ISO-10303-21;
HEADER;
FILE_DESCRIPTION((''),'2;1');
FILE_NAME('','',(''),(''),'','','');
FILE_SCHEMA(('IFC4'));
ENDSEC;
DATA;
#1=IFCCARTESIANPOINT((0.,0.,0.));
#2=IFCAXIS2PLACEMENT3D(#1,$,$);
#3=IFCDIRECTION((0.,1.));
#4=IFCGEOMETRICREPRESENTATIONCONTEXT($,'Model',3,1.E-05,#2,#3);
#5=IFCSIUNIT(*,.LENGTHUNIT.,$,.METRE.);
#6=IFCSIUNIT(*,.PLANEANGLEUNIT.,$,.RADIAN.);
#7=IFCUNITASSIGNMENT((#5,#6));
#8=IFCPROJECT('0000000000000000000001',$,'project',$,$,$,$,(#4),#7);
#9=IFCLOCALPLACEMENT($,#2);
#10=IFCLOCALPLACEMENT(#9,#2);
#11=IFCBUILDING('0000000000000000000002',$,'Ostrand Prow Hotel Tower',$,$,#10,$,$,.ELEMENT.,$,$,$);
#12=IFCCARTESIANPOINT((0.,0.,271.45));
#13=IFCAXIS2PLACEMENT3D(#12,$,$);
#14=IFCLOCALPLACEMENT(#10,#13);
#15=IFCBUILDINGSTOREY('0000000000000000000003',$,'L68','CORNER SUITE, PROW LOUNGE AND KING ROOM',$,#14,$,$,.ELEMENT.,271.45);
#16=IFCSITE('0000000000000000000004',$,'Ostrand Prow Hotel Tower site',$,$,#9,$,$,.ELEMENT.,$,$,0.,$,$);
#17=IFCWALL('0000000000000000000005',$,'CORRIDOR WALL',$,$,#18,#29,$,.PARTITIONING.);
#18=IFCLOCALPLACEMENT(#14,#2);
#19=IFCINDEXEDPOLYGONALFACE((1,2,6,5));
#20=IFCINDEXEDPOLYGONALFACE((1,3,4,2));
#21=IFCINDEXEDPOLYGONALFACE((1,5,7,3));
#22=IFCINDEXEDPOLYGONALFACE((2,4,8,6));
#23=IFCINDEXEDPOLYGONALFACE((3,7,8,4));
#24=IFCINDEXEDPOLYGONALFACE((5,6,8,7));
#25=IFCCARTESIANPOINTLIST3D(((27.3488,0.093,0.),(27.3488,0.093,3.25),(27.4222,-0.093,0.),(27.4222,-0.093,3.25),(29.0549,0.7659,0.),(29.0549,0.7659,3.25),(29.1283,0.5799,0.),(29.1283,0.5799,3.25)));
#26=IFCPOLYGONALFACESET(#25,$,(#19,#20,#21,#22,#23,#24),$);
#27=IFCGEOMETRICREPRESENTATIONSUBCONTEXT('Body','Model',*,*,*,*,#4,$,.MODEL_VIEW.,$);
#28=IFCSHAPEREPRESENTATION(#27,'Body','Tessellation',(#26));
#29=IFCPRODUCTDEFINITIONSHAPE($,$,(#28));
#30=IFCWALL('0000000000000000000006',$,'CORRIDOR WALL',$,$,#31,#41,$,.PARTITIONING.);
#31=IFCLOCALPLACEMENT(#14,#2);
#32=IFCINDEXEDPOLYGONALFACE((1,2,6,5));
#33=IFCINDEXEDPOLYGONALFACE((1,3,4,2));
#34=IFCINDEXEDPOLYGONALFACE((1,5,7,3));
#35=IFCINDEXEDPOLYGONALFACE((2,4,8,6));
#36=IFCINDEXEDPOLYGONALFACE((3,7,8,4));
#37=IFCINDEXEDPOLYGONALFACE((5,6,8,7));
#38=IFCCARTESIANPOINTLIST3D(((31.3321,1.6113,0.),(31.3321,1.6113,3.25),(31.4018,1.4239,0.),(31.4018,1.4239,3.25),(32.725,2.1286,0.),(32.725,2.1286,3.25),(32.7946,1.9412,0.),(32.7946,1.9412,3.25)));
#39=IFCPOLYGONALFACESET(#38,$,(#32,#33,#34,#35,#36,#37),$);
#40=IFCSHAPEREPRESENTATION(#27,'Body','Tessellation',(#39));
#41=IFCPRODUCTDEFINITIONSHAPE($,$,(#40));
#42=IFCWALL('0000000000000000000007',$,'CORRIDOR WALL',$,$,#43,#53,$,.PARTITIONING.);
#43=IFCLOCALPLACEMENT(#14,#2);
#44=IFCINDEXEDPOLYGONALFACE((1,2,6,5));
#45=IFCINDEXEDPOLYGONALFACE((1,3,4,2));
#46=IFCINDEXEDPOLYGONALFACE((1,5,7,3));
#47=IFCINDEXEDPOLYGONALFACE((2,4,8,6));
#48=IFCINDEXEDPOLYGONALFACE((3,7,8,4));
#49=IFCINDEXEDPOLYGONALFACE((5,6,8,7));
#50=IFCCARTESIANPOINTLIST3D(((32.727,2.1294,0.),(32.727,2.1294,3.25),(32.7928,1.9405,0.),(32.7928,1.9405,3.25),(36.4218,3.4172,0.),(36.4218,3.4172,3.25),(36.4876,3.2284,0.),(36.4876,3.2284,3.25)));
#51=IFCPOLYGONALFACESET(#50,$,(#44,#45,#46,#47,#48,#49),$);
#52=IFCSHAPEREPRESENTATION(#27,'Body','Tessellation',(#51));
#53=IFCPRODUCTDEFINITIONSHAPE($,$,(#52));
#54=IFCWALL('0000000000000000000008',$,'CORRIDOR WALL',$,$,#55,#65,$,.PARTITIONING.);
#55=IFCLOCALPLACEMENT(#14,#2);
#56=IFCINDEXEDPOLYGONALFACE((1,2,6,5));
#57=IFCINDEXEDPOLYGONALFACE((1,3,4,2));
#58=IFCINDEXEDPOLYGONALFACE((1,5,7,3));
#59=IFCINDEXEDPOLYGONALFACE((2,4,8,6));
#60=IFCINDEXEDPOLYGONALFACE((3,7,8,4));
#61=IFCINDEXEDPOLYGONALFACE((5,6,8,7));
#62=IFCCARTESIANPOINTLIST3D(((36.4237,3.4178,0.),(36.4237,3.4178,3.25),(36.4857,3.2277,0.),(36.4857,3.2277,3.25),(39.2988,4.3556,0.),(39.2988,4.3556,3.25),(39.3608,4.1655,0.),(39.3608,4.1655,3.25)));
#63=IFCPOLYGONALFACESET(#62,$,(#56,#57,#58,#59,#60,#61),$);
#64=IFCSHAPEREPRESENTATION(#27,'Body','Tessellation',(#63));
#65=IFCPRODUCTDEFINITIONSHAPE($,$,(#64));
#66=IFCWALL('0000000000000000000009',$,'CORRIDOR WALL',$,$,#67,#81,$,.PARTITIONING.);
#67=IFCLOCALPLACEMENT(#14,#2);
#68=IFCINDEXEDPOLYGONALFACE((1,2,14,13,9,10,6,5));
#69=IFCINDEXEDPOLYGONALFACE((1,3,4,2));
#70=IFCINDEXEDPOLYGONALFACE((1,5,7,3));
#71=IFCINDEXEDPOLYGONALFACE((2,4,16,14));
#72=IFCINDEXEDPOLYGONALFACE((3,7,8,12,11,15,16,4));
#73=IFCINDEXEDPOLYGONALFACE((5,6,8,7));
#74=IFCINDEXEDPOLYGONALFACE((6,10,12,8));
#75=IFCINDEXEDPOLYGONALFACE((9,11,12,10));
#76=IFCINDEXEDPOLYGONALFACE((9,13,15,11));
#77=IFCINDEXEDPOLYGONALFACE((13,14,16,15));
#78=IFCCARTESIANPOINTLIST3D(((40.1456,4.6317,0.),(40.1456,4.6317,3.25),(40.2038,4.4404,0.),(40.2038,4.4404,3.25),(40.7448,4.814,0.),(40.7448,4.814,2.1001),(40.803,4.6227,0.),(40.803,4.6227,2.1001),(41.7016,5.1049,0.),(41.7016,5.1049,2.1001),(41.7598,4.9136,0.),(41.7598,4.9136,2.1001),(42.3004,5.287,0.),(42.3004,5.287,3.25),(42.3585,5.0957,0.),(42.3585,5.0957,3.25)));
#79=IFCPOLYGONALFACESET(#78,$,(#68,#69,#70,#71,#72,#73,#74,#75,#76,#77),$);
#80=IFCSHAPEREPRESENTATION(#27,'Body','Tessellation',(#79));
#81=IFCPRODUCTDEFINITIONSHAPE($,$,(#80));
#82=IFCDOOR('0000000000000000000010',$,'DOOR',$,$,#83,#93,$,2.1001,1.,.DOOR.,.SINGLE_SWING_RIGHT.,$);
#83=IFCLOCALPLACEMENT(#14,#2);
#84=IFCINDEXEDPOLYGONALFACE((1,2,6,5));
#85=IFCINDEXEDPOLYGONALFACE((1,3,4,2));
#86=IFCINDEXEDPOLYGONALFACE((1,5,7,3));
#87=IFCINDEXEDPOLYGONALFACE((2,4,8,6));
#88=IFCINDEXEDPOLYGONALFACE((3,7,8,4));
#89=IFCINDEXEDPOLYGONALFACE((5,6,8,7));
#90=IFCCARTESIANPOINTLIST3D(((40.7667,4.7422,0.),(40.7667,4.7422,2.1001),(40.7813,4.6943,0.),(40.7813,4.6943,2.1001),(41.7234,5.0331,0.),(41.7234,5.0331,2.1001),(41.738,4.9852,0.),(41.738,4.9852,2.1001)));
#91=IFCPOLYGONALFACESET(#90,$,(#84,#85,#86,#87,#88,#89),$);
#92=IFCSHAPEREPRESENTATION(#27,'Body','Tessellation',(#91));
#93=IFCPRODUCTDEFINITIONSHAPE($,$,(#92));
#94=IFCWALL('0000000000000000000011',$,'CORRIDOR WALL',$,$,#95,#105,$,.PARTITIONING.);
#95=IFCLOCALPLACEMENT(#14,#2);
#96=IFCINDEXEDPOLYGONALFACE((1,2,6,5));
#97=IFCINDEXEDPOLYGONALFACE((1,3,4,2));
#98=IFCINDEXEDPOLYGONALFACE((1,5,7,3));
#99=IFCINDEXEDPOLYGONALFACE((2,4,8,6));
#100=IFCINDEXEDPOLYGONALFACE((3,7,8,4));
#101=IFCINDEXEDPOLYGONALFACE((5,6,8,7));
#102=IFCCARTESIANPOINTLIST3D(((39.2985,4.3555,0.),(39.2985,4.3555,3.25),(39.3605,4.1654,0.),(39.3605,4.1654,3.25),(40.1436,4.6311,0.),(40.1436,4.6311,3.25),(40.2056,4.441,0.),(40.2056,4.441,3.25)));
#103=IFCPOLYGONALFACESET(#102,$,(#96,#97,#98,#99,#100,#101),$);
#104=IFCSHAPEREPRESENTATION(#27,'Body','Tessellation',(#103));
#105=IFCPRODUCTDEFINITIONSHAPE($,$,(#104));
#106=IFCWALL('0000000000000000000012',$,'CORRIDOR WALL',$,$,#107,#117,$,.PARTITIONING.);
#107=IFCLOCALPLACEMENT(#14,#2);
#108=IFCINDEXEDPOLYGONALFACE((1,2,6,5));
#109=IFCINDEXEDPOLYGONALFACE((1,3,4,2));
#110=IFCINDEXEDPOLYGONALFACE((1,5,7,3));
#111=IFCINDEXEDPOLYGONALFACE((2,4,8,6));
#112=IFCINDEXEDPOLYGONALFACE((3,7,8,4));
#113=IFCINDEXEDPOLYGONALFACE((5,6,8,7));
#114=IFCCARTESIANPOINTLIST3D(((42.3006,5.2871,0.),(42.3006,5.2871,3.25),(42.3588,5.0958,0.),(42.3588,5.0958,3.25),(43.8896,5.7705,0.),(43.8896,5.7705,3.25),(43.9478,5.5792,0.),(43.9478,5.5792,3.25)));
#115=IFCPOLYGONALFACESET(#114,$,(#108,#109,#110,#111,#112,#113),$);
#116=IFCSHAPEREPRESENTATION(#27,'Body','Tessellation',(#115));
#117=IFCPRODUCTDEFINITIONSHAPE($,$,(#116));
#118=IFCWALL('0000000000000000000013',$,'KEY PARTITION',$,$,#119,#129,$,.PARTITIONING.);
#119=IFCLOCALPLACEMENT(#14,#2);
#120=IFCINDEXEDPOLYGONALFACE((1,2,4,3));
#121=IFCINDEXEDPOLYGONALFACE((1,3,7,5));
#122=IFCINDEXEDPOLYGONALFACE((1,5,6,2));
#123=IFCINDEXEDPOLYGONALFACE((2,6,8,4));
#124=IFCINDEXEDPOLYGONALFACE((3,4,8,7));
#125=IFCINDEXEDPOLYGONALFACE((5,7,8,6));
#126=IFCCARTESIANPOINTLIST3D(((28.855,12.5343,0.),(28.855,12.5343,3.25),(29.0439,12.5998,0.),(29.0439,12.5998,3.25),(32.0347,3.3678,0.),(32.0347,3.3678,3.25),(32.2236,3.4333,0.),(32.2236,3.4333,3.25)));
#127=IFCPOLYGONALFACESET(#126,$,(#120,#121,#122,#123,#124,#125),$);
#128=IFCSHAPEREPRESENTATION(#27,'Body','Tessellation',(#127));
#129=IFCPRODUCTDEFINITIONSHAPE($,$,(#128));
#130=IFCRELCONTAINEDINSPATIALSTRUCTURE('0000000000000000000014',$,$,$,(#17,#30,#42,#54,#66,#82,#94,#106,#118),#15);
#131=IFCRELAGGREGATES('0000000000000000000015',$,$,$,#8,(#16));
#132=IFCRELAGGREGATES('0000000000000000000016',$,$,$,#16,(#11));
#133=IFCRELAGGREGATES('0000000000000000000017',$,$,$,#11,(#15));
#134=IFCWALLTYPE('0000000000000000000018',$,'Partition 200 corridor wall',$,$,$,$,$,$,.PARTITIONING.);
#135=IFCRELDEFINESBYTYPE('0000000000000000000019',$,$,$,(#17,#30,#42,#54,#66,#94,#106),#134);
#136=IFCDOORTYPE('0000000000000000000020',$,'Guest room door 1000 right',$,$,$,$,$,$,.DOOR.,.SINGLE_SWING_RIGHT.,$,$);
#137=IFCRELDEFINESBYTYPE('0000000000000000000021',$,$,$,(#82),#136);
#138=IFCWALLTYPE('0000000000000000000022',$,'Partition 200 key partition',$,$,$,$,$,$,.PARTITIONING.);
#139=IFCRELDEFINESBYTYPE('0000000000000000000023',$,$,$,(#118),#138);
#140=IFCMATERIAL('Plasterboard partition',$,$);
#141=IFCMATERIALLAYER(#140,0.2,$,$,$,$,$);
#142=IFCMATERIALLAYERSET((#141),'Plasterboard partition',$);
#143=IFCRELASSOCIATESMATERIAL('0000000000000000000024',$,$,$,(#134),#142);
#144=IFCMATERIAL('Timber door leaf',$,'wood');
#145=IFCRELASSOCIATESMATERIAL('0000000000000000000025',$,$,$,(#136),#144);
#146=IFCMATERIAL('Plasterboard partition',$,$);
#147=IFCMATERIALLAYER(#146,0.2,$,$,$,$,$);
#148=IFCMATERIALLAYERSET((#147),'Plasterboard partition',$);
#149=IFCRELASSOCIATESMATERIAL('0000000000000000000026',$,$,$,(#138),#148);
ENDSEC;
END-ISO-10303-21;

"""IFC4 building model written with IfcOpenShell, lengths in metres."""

from ifc_helpers import new_model, si_unit, direction, frame, frame_2d, origin, place, context, subcontext, project, spatial, rectangle, extrude, material, layer, layer_set, type_object, element, fill, save


model = new_model("IFC4")

# Units and contexts
model_context = context("Model", 3, precision=1e-05, world=origin(), true_north=direction((0.0, 1.0)))
body_context = subcontext(model_context, "Body", "Model", "MODEL_VIEW")
ifc_project = project(units=[si_unit("LENGTHUNIT", "METRE"), si_unit("PLANEANGLEUNIT", "RADIAN")], contexts=[model_context])

# Site, building, storey
site_placement = place(None, origin())
site = spatial("IfcSite", under=ifc_project, at=site_placement, Name="Ostrand Prow Hotel Tower site", CompositionType="ELEMENT", RefElevation=0.0)
building_placement = place(site_placement, origin())
building = spatial("IfcBuilding", under=site, at=building_placement, Name="Ostrand Prow Hotel Tower", CompositionType="ELEMENT")
storey_placement = place(building_placement, frame((0.0, 0.0, 271.45)))
storey = spatial("IfcBuildingStorey", under=building, at=storey_placement, Name="L68", Description="CORNER SUITE, PROW LOUNGE AND KING ROOM", CompositionType="ELEMENT", Elevation=271.45)

# Walls
ifc_material_1 = material(Name="Plasterboard partition")
ifc_layer_1 = layer(ifc_material_1, 0.2)
ifc_layer_set_1 = layer_set([ifc_layer_1], Name="Plasterboard partition")
wall_type_1 = type_object("IfcWallType", Name="Partition 200 corridor wall", PredefinedType="PARTITIONING", material=ifc_layer_set_1)
for number, where, z_axis, x_axis, name in (
    (1, (27.3855, 0.0, 0.0), (0.0, 0.0, 1.0), (0.930265, 0.366888, 0.0), "CORRIDOR WALL"),
):
    element("IfcWall", number, at=place(storey_placement, frame(where, z_axis=z_axis, x_axis=x_axis)), inside=storey, type_object=wall_type_1, Name=name, PredefinedType="PARTITIONING", context=body_context, shape_type="SweptSolid", body=[
        extrude(rectangle(XDim=1.834, YDim=0.2, at=frame_2d((0.917, 0.0))), origin(), (0.0, 0.0, 1.0), 3.25),
    ])
wall_1_placement = place(storey_placement, frame((31.3669, 1.5176, 0.0), z_axis=(0.0, 0.0, 1.0), x_axis=(0.937425, 0.348187, 0.0)))
element("IfcWall", 2, at=wall_1_placement, inside=storey, type_object=wall_type_1, Name="CORRIDOR WALL", PredefinedType="PARTITIONING", context=body_context, shape_type="SweptSolid", body=[
    extrude(rectangle(XDim=1.4858, YDim=0.2, at=frame_2d((0.7429, 0.0))), origin(), (0.0, 0.0, 1.0), 3.25),
])
wall_2_placement = place(storey_placement, frame((32.7598, 2.0349, 0.0), z_axis=(0.0, 0.0, 1.0), x_axis=(0.944284, 0.329133, 0.0)))
element("IfcWall", 3, at=wall_2_placement, inside=storey, type_object=wall_type_1, Name="CORRIDOR WALL", PredefinedType="PARTITIONING", context=body_context, shape_type="SweptSolid", body=[
    extrude(rectangle(XDim=3.9128, YDim=0.2, at=frame_2d((1.9565, 0.0))), origin(), (0.0, 0.0, 1.0), 3.25),
])
wall_3_placement = place(storey_placement, frame((36.4546, 3.3228, 0.0), z_axis=(0.0, 0.0, 1.0), x_axis=(0.950706, 0.310094, 0.0)))
element("IfcWall", 4, at=wall_3_placement, inside=storey, type_object=wall_type_1, Name="CORRIDOR WALL", PredefinedType="PARTITIONING", context=body_context, shape_type="SweptSolid", body=[
    extrude(rectangle(XDim=3.0242, YDim=0.2, at=frame_2d((1.5122, 0.0))), origin(), (0.0, 0.0, 1.0), 3.25),
])

# Wall, opening, door
wall_4_placement = place(storey_placement, frame((40.1748, 4.5361, 0.0), z_axis=(0.0, 0.0, 1.0), x_axis=(0.956739, 0.290946, 0.0)))
wall_4 = element("IfcWall", 5, at=wall_4_placement, inside=storey, type_object=wall_type_1, Name="CORRIDOR WALL", PredefinedType="PARTITIONING", context=body_context, shape_type="SweptSolid", body=[
    extrude(rectangle(XDim=2.2522, YDim=0.2, at=frame_2d((1.126, 0.0))), origin(), (0.0, 0.0, 1.0), 3.25),
])
opening_1_placement = place(wall_4_placement, frame((0.6262, 0.0, 0.0)))
opening_1 = element("IfcOpeningElement", 6, at=opening_1_placement, cuts=wall_4, PredefinedType="OPENING", context=body_context, shape_type="SweptSolid", body=[
    extrude(rectangle(XDim=1.0, YDim=2.1001, at=frame_2d((0.5, 1.05))), frame((0.0, 0.1099, 0.0), z_axis=(0.0, -1.0, 0.0), x_axis=(1.0, 0.0, 0.0)), (0.0, 0.0, 1.0), 0.22),
])
ifc_material_2 = material(Name="Timber door leaf", Category="wood")
door_type_1 = type_object("IfcDoorType", Name="Guest room door 1000 right", OperationType="SINGLE_SWING_RIGHT", PredefinedType="DOOR", material=ifc_material_2)
door_1_placement = place(opening_1_placement, origin())
door_1 = element("IfcDoor", 7, at=door_1_placement, inside=storey, type_object=door_type_1, Name="DOOR", OperationType="SINGLE_SWING_RIGHT", OverallHeight=2.1001, OverallWidth=1.0, PredefinedType="DOOR", context=body_context, shape_type="SweptSolid", body=[
    extrude(rectangle(XDim=1.0, YDim=2.1001, at=frame_2d((0.5, 1.05))), frame((0.0, 0.0249, 0.0), z_axis=(0.0, -1.0, 0.0), x_axis=(1.0, 0.0, 0.0)), (0.0, 0.0, 1.0), 0.05),
])
fill(opening_1, door_1)

# Walls
wall_5_placement = place(storey_placement, frame((39.3296, 4.2605, 0.0), z_axis=(0.0, 0.0, 1.0), x_axis=(0.950723, 0.310042, 0.0)))
element("IfcWall", 8, at=wall_5_placement, inside=storey, type_object=wall_type_1, Name="CORRIDOR WALL", PredefinedType="PARTITIONING", context=body_context, shape_type="SweptSolid", body=[
    extrude(rectangle(XDim=0.8889, YDim=0.2, at=frame_2d((0.4443, 0.0))), origin(), (0.0, 0.0, 1.0), 3.25),
])
wall_6_placement = place(storey_placement, frame((42.3296, 5.1914, 0.0), z_axis=(0.0, 0.0, 1.0), x_axis=(0.956702, 0.291068, 0.0)))
element("IfcWall", 9, at=wall_6_placement, inside=storey, type_object=wall_type_1, Name="CORRIDOR WALL", PredefinedType="PARTITIONING", context=body_context, shape_type="SweptSolid", body=[
    extrude(rectangle(XDim=1.6609, YDim=0.2, at=frame_2d((0.8306, 0.0))), origin(), (0.0, 0.0, 1.0), 3.25),
])
ifc_material_3 = material(Name="Plasterboard partition")
ifc_layer_2 = layer(ifc_material_3, 0.2)
ifc_layer_set_2 = layer_set([ifc_layer_2], Name="Plasterboard partition")
wall_type_2 = type_object("IfcWallType", Name="Partition 200 key partition", PredefinedType="PARTITIONING", material=ifc_layer_set_2)
wall_7_placement = place(storey_placement, frame((32.1292, 3.4006, 0.0), z_axis=(0.0, 0.0, 1.0), x_axis=(-0.327724, 0.944773, 0.0)))
element("IfcWall", 10, at=wall_7_placement, inside=storey, type_object=wall_type_2, Name="KEY PARTITION", PredefinedType="PARTITIONING", context=body_context, shape_type="SweptSolid", body=[
    extrude(rectangle(XDim=9.7024, YDim=0.2, at=frame_2d((4.8511, 0.0))), origin(), (0.0, 0.0, 1.0), 3.25),
])

save(model, "model.ifc")
